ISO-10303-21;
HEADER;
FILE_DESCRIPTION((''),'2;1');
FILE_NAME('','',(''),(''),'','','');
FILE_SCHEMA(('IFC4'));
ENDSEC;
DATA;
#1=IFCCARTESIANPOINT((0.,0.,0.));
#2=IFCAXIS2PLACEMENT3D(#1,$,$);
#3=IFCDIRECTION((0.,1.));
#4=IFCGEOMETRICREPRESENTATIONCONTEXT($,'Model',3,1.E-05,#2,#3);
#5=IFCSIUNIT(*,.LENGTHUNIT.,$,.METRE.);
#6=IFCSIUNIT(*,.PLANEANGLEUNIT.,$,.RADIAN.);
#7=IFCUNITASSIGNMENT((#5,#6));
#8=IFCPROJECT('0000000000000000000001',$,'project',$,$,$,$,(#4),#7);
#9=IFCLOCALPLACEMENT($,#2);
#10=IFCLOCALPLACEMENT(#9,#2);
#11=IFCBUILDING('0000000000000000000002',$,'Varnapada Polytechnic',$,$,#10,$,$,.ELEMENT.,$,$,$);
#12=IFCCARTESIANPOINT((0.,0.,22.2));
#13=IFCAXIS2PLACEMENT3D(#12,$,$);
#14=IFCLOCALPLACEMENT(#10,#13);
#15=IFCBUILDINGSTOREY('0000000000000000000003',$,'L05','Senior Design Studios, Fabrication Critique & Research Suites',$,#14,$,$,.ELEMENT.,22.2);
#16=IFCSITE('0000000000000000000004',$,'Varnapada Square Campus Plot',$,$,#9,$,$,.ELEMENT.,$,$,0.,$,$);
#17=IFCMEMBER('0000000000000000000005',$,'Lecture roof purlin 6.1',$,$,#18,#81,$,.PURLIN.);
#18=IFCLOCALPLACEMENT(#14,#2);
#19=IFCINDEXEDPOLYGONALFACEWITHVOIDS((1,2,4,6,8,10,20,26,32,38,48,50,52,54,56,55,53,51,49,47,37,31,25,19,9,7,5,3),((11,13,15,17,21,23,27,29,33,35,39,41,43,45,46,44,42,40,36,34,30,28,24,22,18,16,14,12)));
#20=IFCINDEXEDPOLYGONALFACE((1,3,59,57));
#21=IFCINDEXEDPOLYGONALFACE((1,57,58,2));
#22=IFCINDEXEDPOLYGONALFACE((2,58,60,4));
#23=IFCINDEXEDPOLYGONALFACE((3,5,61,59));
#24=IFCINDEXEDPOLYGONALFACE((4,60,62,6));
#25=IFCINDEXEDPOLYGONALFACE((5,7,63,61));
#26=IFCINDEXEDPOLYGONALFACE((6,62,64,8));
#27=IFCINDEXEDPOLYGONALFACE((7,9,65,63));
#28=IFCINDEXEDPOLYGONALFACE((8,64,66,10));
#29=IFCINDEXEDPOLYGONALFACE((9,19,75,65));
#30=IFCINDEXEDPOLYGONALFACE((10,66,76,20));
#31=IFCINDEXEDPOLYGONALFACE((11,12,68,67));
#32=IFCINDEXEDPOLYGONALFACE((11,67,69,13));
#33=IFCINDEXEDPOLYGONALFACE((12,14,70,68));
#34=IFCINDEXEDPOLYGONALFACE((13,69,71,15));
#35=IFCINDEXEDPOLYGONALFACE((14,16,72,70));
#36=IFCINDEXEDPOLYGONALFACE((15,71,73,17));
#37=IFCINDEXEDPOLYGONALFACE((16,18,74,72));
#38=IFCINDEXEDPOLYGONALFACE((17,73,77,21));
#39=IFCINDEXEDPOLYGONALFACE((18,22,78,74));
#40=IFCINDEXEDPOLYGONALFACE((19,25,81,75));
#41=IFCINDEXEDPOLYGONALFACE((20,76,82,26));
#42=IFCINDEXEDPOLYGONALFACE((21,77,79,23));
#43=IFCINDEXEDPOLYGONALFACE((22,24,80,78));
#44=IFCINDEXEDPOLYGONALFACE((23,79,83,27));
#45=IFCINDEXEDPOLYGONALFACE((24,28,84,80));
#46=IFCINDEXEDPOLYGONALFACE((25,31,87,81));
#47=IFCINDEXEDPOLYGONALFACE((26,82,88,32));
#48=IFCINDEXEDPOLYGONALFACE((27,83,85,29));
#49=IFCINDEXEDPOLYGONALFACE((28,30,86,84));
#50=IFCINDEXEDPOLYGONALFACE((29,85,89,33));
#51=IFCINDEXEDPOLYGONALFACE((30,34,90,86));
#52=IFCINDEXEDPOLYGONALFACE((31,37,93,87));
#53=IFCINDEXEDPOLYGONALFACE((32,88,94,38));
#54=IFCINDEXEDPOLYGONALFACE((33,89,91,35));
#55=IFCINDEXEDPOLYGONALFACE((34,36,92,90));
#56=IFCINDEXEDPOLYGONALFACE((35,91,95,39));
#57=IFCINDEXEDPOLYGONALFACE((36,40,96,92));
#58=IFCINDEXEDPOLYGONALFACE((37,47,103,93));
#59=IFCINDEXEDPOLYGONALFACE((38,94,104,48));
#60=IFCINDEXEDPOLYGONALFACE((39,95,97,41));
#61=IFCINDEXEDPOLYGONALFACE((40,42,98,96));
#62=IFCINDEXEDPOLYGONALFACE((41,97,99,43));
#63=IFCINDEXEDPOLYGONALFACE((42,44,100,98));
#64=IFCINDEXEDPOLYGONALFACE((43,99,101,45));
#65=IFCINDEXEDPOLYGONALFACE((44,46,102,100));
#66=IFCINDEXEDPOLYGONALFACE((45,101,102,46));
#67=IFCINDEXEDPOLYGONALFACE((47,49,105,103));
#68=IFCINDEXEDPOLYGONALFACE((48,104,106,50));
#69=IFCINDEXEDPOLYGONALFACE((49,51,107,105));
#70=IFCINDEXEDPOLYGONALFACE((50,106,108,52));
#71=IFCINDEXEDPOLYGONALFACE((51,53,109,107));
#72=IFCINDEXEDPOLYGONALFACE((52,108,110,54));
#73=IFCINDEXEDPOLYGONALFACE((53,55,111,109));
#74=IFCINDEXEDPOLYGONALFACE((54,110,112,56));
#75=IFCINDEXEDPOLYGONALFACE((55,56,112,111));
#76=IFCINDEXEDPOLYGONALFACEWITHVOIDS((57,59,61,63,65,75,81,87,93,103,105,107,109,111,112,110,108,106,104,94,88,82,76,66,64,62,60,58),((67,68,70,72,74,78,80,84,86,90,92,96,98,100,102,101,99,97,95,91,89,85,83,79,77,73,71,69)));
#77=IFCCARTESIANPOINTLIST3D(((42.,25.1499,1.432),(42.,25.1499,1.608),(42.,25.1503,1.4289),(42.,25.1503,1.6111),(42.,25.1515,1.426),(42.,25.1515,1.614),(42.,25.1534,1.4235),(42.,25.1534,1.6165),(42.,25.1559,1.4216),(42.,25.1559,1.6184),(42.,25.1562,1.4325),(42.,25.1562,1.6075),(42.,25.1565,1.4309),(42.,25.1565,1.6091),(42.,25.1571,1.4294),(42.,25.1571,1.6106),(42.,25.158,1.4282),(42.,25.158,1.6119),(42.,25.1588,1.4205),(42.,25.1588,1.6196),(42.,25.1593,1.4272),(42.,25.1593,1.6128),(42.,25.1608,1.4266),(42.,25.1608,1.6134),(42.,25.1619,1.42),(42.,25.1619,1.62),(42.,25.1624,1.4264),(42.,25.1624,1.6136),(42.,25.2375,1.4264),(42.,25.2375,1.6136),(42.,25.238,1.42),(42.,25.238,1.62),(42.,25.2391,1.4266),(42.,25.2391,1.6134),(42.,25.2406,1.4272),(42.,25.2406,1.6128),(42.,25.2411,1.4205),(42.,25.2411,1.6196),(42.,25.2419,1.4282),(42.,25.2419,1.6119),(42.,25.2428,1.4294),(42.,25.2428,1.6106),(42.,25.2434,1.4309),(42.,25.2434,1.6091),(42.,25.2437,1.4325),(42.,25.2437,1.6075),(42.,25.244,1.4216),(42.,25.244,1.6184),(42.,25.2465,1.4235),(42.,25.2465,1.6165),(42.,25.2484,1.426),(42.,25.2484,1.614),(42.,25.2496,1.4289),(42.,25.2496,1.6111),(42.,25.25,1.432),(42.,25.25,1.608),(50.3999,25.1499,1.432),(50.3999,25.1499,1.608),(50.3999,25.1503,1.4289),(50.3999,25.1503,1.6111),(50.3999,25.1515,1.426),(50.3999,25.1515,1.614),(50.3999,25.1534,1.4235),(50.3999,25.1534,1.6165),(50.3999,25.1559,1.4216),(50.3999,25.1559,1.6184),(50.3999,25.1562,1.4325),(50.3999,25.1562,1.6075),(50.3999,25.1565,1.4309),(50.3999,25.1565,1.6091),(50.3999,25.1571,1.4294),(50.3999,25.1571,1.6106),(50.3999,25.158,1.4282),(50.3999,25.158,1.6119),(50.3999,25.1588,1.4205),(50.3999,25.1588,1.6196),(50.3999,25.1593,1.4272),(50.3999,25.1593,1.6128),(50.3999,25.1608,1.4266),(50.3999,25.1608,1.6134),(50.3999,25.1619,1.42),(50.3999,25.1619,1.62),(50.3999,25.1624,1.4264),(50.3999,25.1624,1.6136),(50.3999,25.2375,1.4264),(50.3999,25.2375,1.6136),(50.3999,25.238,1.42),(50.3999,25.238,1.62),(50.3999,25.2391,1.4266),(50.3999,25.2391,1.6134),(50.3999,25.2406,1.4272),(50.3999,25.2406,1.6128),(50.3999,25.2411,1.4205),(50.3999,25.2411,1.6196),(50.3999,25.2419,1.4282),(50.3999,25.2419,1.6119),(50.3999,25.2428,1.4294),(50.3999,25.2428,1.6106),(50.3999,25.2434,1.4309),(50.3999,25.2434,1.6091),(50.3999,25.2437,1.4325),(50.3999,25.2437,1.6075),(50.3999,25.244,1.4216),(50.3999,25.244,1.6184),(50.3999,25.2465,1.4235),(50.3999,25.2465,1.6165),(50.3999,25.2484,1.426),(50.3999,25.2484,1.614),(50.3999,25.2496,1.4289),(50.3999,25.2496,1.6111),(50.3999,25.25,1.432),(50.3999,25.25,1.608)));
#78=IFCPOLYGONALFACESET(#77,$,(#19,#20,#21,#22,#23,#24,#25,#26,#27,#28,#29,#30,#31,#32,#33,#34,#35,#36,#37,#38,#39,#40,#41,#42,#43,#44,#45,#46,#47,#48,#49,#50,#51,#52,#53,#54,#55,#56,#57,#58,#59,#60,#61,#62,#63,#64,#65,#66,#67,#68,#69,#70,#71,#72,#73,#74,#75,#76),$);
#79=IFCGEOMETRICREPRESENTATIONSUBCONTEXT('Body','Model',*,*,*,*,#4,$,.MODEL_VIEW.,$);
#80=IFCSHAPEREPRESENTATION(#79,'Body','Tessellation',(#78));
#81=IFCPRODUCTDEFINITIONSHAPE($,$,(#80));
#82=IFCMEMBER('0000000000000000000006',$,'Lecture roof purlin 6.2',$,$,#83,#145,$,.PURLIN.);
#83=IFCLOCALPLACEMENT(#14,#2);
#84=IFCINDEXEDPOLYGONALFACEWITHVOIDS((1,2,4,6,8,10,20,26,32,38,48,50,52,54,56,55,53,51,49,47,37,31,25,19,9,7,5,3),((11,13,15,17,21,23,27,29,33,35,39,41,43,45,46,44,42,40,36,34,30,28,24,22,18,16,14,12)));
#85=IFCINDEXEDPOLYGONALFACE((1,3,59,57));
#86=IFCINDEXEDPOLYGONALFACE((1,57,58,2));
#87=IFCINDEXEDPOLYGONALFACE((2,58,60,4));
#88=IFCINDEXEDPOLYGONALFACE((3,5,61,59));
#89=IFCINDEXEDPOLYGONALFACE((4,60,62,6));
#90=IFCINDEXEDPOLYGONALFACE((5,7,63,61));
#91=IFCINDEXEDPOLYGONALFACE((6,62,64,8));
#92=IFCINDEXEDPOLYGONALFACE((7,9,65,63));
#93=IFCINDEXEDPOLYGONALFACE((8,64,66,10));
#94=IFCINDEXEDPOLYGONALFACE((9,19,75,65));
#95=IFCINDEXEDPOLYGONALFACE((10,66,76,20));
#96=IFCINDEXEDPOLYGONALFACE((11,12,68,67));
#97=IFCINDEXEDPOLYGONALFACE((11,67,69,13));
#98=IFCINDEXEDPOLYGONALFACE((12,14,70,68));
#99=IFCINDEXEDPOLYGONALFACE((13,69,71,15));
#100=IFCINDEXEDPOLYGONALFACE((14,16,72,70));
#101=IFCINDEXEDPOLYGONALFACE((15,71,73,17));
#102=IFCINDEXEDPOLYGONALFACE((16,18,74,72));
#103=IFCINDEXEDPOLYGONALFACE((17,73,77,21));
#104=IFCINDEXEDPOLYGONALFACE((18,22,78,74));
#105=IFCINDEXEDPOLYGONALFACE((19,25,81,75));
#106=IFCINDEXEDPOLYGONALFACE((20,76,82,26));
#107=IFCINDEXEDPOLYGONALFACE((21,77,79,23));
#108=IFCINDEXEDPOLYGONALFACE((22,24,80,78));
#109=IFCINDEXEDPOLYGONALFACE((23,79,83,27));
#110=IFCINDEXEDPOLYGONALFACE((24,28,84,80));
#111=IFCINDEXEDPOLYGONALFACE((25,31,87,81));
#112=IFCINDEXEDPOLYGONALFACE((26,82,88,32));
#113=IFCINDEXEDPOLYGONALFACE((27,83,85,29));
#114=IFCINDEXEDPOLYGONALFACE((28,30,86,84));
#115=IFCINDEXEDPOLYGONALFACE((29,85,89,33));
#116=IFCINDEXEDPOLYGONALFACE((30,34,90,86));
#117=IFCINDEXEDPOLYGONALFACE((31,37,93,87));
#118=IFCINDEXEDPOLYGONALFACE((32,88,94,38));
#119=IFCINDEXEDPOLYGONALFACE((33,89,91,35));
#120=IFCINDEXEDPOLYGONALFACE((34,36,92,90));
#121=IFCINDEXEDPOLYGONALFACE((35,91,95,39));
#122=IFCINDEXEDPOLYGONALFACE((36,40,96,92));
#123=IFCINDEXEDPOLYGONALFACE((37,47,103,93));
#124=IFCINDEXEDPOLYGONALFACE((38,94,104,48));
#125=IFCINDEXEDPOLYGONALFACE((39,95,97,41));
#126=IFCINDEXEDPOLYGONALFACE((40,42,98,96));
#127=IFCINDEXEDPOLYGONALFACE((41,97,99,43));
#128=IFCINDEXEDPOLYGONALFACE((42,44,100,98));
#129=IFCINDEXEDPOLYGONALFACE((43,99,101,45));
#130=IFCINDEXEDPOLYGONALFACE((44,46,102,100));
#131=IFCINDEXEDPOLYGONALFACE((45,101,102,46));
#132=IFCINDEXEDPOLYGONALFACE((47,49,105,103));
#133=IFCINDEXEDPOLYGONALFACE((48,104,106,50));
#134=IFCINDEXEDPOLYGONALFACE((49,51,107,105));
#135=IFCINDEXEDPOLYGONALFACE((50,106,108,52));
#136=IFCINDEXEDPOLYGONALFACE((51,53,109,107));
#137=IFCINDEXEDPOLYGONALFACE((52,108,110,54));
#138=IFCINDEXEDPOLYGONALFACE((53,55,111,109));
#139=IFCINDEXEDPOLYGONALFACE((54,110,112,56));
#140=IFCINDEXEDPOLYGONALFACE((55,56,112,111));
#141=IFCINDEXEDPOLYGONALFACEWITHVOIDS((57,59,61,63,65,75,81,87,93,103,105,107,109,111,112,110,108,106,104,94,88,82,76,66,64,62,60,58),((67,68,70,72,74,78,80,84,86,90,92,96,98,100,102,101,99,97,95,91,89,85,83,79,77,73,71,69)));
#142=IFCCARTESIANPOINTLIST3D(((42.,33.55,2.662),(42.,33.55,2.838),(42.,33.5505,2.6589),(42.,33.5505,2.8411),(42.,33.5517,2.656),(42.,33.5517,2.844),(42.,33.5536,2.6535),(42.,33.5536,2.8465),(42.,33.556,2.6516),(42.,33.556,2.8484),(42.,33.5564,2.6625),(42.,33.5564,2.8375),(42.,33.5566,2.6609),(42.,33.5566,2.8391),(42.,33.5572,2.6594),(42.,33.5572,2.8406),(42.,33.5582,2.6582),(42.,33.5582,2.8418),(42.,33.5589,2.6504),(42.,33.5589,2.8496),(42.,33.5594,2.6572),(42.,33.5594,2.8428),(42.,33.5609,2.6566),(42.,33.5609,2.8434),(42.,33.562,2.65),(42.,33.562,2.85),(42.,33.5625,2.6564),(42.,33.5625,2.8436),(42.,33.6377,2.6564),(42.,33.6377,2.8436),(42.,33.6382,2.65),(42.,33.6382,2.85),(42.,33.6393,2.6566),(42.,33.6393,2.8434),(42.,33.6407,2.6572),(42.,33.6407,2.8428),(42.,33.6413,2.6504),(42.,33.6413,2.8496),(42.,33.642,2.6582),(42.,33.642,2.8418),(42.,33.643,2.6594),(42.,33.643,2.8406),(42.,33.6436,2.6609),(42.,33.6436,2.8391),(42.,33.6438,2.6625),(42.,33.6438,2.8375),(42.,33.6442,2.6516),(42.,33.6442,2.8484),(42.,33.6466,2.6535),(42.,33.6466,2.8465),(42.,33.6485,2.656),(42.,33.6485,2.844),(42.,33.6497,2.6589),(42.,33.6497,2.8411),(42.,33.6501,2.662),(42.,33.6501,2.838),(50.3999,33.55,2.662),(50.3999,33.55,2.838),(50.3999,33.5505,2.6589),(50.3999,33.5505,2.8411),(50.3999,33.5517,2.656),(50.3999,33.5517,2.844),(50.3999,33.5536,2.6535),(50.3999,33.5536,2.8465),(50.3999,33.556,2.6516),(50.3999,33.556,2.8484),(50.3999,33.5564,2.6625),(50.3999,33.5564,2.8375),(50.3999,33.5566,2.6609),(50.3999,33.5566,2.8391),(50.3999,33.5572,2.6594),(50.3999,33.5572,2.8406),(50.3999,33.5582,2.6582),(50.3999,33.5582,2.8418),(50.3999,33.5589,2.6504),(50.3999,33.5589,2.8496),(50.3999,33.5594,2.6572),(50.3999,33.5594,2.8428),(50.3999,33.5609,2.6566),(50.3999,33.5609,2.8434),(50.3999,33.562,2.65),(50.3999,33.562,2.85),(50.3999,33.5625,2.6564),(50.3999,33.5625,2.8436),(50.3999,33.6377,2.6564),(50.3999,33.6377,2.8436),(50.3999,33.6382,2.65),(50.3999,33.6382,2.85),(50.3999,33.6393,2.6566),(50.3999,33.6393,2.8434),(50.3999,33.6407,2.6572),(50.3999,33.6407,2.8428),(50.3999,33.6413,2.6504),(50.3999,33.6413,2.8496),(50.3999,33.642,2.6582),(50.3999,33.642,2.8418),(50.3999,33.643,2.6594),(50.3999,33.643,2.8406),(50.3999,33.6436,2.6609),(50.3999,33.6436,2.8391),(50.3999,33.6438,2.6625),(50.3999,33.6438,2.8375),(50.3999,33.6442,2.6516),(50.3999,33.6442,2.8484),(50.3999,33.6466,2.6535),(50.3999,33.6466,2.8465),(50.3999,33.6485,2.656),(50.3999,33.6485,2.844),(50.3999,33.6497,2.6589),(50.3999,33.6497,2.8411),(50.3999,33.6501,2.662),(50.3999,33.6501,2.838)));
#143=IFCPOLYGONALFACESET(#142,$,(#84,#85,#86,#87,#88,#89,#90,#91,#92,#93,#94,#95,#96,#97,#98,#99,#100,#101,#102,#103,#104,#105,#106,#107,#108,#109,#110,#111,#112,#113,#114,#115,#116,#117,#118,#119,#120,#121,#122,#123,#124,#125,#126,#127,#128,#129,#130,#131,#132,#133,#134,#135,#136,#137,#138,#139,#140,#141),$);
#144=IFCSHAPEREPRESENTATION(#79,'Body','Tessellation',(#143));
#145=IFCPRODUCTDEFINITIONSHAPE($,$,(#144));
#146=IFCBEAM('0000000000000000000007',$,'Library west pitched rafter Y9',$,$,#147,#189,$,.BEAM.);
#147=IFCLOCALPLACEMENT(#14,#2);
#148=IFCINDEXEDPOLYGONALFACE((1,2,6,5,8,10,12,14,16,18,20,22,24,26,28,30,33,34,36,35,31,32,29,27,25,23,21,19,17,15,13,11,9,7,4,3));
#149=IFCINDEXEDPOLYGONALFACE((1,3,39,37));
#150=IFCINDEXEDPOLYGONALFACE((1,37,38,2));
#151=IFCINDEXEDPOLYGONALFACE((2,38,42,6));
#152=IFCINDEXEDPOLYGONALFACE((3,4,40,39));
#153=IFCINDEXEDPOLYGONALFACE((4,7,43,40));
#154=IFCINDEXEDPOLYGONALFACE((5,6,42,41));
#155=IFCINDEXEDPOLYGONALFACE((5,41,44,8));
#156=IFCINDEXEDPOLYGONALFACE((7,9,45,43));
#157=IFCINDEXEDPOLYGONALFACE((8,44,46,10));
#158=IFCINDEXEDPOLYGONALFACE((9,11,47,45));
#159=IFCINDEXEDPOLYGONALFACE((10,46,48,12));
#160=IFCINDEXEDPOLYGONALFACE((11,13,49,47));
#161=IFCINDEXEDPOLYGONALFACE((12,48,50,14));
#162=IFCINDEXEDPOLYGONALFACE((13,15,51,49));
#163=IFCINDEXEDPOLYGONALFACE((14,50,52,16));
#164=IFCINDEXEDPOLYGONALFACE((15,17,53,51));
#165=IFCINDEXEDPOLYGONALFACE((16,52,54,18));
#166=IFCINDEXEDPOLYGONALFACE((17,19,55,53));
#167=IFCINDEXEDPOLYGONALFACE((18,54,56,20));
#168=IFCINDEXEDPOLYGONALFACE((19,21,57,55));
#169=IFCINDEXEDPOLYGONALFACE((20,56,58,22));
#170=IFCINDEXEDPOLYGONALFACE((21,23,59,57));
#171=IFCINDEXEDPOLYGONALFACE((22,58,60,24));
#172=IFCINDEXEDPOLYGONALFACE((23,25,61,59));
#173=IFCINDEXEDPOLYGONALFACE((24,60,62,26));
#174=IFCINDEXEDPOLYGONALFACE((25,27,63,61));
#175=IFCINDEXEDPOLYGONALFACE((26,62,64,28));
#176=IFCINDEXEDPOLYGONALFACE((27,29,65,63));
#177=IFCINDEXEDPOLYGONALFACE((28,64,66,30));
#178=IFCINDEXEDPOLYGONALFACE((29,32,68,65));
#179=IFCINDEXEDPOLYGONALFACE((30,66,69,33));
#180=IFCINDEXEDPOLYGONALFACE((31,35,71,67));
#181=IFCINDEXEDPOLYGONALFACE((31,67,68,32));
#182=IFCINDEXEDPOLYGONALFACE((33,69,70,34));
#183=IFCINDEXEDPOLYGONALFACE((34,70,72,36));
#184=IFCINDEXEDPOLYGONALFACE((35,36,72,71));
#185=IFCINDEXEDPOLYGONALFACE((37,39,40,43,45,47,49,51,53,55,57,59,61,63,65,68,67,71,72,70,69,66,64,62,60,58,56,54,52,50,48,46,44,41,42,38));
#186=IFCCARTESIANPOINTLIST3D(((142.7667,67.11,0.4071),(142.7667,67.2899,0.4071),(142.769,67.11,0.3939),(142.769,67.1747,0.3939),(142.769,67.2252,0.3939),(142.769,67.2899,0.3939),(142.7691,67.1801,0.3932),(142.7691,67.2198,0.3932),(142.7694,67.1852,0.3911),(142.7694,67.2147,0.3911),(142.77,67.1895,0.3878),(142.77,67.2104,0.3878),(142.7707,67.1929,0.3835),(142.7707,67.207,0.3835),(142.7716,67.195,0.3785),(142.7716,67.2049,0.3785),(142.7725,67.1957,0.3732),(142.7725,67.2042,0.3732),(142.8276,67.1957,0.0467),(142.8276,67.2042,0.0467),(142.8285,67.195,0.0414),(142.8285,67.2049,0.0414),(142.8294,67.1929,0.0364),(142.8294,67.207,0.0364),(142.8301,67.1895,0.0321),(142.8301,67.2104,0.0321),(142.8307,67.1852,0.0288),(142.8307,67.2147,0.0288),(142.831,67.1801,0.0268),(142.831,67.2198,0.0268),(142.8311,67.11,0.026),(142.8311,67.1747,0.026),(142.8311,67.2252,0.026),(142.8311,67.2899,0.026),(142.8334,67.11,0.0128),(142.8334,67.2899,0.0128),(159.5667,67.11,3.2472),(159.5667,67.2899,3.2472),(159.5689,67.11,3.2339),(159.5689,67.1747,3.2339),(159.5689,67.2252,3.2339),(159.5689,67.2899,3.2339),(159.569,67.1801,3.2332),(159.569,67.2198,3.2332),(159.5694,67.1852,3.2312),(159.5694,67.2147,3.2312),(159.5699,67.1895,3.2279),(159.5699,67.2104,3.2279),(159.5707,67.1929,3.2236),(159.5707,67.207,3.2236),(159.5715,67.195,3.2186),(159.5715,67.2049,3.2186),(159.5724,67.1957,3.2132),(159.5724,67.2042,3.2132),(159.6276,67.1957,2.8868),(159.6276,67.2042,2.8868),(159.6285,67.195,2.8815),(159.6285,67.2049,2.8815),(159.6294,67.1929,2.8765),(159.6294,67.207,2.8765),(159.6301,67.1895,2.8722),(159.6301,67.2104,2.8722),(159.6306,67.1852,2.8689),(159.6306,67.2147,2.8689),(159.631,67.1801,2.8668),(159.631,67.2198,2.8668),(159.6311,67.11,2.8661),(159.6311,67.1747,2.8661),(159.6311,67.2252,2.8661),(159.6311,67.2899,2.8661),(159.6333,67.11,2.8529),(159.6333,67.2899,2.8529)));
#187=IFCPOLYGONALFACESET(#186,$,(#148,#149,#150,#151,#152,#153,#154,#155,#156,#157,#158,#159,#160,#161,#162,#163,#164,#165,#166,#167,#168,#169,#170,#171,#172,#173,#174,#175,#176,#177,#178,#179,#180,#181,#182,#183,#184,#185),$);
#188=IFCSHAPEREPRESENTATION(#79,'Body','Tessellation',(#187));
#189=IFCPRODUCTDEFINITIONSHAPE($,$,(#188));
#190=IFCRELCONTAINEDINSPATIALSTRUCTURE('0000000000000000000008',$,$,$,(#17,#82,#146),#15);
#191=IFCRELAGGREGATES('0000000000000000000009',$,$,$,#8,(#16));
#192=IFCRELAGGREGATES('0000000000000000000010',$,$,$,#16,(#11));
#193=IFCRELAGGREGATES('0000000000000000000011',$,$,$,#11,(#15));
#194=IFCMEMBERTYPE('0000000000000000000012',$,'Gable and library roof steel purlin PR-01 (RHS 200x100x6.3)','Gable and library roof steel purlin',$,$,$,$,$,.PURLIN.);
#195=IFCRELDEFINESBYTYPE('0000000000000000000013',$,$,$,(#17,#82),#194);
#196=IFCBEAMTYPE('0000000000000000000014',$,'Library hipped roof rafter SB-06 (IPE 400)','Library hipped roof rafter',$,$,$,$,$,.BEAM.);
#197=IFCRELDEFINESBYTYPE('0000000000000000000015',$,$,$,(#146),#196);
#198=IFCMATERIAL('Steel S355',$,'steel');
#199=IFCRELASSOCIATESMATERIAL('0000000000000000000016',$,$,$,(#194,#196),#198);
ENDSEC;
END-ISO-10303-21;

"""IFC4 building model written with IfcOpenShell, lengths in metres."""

from ifc_helpers import new_model, si_unit, direction, frame, origin, origin_2d, place, context, subcontext, project, spatial, hollow_rectangle, i_section, extrude, material, material_profile, profile_set, type_object, element, save


model = new_model("IFC4")

# Units and contexts
model_context = context("Model", 3, precision=1e-05, world=origin(), true_north=direction((0.0, 1.0)))
body_context = subcontext(model_context, "Body", "Model", "MODEL_VIEW")
ifc_project = project(units=[si_unit("LENGTHUNIT", "METRE"), si_unit("PLANEANGLEUNIT", "RADIAN")], contexts=[model_context])

# Site, building, storey
site_placement = place(None, origin())
site = spatial("IfcSite", under=ifc_project, at=site_placement, Name="Varnapada Square Campus Plot", CompositionType="ELEMENT", RefElevation=0.0)
building_placement = place(site_placement, origin())
building = spatial("IfcBuilding", under=site, at=building_placement, Name="Varnapada Polytechnic", CompositionType="ELEMENT")
storey_placement = place(building_placement, frame((0.0, 0.0, 22.2)))
storey = spatial("IfcBuildingStorey", under=building, at=storey_placement, Name="L05", Description="Senior Design Studios, Fabrication Critique & Research Suites", CompositionType="ELEMENT", Elevation=22.2)

# Shared definitions
ifc_material_1 = material(Name="Steel S355", Category="steel")

# Members
ifc_material_profile_1 = material_profile(ifc_material_1, hollow_rectangle(XDim=0.1001, YDim=0.2, WallThickness=0.0063, InnerFilletRadius=0.0061, OuterFilletRadius=0.012, at=origin_2d()), Name="RHS 200x100x6.3")
ifc_profile_set_1 = profile_set([ifc_material_profile_1], Name="Steel S355")
member_type_1 = type_object("IfcMemberType", Name="Gable and library roof steel purlin PR-01 (RHS 200x100x6.3)", Description="Gable and library roof steel purlin", PredefinedType="PURLIN", material=ifc_profile_set_1)
for number, where, z_axis, x_axis, name in (
    (1, (42.0, 25.2, 1.52), (1.0, 0.0, 0.0), (0.0, 1.0, 0.0), "Lecture roof purlin 6.1"),
    (2, (42.0, 33.6001, 2.75), (1.0, 0.0, 0.0), (0.0, 1.0, 0.0), "Lecture roof purlin 6.2"),
):
    element("IfcMember", number, at=place(storey_placement, frame(where, z_axis=z_axis, x_axis=x_axis)), inside=storey, type_object=member_type_1, Name=name, PredefinedType="PURLIN", context=body_context, shape_type="SweptSolid", body=[
        extrude(hollow_rectangle(XDim=0.1001, YDim=0.2, WallThickness=0.0063, InnerFilletRadius=0.0061, OuterFilletRadius=0.012, at=origin_2d()), origin(), (0.0, 0.0, 1.0), 8.3999),
    ])

# Beam
ifc_material_profile_2 = material_profile(ifc_material_1, i_section(OverallWidth=0.1799, OverallDepth=0.3999, WebThickness=0.0085, FlangeThickness=0.0134, FilletRadius=0.021, at=origin_2d()), Name="IPE 400")
ifc_profile_set_2 = profile_set([ifc_material_profile_2], Name="Steel S355")
beam_type_1 = type_object("IfcBeamType", Name="Library hipped roof rafter SB-06 (IPE 400)", Description="Library hipped roof rafter", PredefinedType="BEAM", material=ifc_profile_set_2)
for number, where, z_axis, x_axis, name in (
    (3, (142.8, 67.2, 0.21), (0.98601, 0.0, 0.166687), (0.0, 1.0, 0.0), "Library west pitched rafter Y9"),
):
    element("IfcBeam", number, at=place(storey_placement, frame(where, z_axis=z_axis, x_axis=x_axis)), inside=storey, type_object=beam_type_1, Name=name, PredefinedType="BEAM", context=body_context, shape_type="SweptSolid", body=[
        extrude(i_section(OverallWidth=0.1799, OverallDepth=0.3999, WebThickness=0.0085, FlangeThickness=0.0134, FilletRadius=0.021, at=origin_2d()), origin(), (0.0, 0.0, 1.0), 17.0383),
    ])

save(model, "model.ifc")
